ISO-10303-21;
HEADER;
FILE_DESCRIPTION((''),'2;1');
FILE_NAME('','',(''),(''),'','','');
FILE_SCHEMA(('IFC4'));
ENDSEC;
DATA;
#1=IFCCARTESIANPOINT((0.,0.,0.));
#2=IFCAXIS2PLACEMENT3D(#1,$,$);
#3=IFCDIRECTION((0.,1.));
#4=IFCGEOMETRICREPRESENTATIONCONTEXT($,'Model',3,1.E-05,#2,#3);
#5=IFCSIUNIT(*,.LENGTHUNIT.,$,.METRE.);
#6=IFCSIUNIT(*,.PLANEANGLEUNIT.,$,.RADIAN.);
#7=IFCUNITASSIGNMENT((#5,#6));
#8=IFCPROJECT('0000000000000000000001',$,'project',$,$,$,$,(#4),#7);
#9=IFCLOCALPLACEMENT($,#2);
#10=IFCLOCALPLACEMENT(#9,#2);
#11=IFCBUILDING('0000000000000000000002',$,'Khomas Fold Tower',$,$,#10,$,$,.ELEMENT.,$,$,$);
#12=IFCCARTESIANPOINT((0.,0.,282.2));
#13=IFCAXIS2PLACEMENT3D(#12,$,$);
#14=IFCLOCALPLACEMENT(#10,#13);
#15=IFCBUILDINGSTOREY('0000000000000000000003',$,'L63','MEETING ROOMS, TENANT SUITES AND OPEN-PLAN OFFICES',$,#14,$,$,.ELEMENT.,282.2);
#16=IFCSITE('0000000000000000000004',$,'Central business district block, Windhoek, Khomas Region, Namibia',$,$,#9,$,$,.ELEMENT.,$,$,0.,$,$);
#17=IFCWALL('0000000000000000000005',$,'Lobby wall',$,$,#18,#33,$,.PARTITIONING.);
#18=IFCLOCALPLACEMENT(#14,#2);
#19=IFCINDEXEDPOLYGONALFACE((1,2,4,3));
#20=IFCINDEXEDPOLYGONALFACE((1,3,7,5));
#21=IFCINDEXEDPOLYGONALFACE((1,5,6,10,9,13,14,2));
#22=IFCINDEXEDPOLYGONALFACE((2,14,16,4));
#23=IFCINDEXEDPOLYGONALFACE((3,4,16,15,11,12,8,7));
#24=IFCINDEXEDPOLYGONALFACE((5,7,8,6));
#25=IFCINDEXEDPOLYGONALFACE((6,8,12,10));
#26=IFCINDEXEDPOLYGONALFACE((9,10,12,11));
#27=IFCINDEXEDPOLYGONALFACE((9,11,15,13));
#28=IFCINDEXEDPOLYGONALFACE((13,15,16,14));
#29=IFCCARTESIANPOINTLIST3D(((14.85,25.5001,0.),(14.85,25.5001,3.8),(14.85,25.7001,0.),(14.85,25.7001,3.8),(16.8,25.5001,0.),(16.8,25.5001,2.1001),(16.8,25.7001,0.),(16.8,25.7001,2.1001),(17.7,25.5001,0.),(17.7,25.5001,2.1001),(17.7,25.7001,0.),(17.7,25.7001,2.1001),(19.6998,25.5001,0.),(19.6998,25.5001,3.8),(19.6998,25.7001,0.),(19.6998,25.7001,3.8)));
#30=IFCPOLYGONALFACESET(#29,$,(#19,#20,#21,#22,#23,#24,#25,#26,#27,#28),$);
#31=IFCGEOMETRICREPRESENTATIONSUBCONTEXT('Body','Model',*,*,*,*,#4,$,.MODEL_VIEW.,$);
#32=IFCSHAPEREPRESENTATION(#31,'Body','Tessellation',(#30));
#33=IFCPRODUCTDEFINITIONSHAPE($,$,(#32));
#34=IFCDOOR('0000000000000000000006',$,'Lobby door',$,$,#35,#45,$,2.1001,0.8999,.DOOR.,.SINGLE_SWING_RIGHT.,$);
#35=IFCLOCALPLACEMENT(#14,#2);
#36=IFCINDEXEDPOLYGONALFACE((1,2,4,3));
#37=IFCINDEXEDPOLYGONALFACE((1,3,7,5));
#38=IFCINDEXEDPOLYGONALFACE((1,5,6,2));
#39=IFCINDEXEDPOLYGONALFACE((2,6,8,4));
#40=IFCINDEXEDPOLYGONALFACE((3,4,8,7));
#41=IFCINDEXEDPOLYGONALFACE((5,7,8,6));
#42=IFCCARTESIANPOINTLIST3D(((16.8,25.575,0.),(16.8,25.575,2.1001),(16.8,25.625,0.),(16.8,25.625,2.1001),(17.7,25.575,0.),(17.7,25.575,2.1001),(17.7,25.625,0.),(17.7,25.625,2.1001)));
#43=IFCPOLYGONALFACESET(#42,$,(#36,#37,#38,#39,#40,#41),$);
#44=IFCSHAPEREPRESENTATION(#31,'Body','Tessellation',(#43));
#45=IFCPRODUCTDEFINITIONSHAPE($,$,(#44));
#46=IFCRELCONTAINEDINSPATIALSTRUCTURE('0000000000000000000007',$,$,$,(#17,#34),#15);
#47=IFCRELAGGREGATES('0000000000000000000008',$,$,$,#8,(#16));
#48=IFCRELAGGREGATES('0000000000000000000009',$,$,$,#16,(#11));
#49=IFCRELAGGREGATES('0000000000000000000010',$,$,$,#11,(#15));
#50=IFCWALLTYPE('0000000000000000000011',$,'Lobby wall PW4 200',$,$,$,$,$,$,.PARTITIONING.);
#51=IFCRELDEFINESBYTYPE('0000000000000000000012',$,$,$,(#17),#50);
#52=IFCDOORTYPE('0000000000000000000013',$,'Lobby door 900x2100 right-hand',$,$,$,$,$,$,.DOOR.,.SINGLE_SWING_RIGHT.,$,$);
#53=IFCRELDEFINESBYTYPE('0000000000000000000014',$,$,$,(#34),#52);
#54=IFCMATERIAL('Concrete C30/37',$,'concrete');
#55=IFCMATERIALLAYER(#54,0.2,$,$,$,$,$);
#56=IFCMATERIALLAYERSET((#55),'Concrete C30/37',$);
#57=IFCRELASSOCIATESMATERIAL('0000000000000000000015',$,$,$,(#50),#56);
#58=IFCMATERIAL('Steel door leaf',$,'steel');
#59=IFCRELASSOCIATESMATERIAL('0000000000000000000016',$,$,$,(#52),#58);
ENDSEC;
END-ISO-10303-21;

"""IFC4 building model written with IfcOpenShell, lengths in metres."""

from ifc_helpers import new_model, si_unit, direction, frame, frame_2d, origin, place, context, subcontext, project, spatial, rectangle, extrude, source, transform, mapped, material, layer, layer_set, type_object, element, fill, save


model = new_model("IFC4")

# Units and contexts
model_context = context("Model", 3, precision=1e-05, world=origin(), true_north=direction((0.0, 1.0)))
body_context = subcontext(model_context, "Body", "Model", "MODEL_VIEW")
ifc_project = project(units=[si_unit("LENGTHUNIT", "METRE"), si_unit("PLANEANGLEUNIT", "RADIAN")], contexts=[model_context])

# Site, building, storey
site_placement = place(None, origin())
site = spatial("IfcSite", under=ifc_project, at=site_placement, Name="Central business district block, Windhoek, Khomas Region, Namibia", CompositionType="ELEMENT", RefElevation=0.0)
building_placement = place(site_placement, origin())
building = spatial("IfcBuilding", under=site, at=building_placement, Name="Khomas Fold Tower", CompositionType="ELEMENT")
storey_placement = place(building_placement, frame((0.0, 0.0, 282.2)))
storey = spatial("IfcBuildingStorey", under=building, at=storey_placement, Name="L63", Description="MEETING ROOMS, TENANT SUITES AND OPEN-PLAN OFFICES", CompositionType="ELEMENT", Elevation=282.2)

# Wall, opening, door
ifc_material_1 = material(Name="Concrete C30/37", Category="concrete")
ifc_layer_1 = layer(ifc_material_1, 0.2)
ifc_layer_set_1 = layer_set([ifc_layer_1], Name="Concrete C30/37")
wall_type_1 = type_object("IfcWallType", Name="Lobby wall PW4 200", PredefinedType="PARTITIONING", material=ifc_layer_set_1)
shared_shape_1 = source(origin(), body_context, "Body", "SweptSolid", [
    extrude(rectangle(XDim=4.8499, YDim=0.2, at=frame_2d((2.4248, 0.0))), origin(), (0.0, 0.0, 1.0), 3.8),
])
wall_1_placement = place(storey_placement, frame((14.8501, 25.6001, 0.0), z_axis=(0.0, 0.0, 1.0), x_axis=(1.0, 0.0, 0.0)))
wall_1 = element("IfcWall", 1, at=wall_1_placement, inside=storey, type_object=wall_type_1, Name="Lobby wall", PredefinedType="PARTITIONING", context=body_context, shape_type="MappedRepresentation", body=[
    mapped(shared_shape_1, transform((0.0, 0.0, 0.0))),
])
shared_shape_2 = source(origin(), body_context, "Body", "SweptSolid", [
    extrude(rectangle(XDim=0.8999, YDim=2.1001, at=frame_2d((0.45, 1.05))), frame((0.0, 0.1099, 0.0), z_axis=(0.0, -1.0, 0.0), x_axis=(1.0, 0.0, 0.0)), (0.0, 0.0, 1.0), 0.22),
])
opening_1_placement = place(wall_1_placement, frame((1.95, 0.0, 0.0)))
opening_1 = element("IfcOpeningElement", 2, at=opening_1_placement, cuts=wall_1, PredefinedType="OPENING", context=body_context, shape_type="MappedRepresentation", body=[
    mapped(shared_shape_2, transform((0.0, 0.0, 0.0))),
])
ifc_material_2 = material(Name="Steel door leaf", Category="steel")
door_type_1 = type_object("IfcDoorType", Name="Lobby door 900x2100 right-hand", OperationType="SINGLE_SWING_RIGHT", PredefinedType="DOOR", material=ifc_material_2)
shared_shape_3 = source(origin(), body_context, "Body", "SweptSolid", [
    extrude(rectangle(XDim=0.8999, YDim=2.1001, at=frame_2d((0.45, 1.05))), frame((0.0, 0.0249, 0.0), z_axis=(0.0, -1.0, 0.0), x_axis=(1.0, 0.0, 0.0)), (0.0, 0.0, 1.0), 0.05),
])
door_1_placement = place(opening_1_placement, origin())
door_1 = element("IfcDoor", 3, at=door_1_placement, inside=storey, type_object=door_type_1, Name="Lobby door", OperationType="SINGLE_SWING_RIGHT", OverallHeight=2.1001, OverallWidth=0.8999, PredefinedType="DOOR", context=body_context, shape_type="MappedRepresentation", body=[
    mapped(shared_shape_3, transform((0.0, 0.0, 0.0))),
])
fill(opening_1, door_1)

save(model, "model.ifc")
